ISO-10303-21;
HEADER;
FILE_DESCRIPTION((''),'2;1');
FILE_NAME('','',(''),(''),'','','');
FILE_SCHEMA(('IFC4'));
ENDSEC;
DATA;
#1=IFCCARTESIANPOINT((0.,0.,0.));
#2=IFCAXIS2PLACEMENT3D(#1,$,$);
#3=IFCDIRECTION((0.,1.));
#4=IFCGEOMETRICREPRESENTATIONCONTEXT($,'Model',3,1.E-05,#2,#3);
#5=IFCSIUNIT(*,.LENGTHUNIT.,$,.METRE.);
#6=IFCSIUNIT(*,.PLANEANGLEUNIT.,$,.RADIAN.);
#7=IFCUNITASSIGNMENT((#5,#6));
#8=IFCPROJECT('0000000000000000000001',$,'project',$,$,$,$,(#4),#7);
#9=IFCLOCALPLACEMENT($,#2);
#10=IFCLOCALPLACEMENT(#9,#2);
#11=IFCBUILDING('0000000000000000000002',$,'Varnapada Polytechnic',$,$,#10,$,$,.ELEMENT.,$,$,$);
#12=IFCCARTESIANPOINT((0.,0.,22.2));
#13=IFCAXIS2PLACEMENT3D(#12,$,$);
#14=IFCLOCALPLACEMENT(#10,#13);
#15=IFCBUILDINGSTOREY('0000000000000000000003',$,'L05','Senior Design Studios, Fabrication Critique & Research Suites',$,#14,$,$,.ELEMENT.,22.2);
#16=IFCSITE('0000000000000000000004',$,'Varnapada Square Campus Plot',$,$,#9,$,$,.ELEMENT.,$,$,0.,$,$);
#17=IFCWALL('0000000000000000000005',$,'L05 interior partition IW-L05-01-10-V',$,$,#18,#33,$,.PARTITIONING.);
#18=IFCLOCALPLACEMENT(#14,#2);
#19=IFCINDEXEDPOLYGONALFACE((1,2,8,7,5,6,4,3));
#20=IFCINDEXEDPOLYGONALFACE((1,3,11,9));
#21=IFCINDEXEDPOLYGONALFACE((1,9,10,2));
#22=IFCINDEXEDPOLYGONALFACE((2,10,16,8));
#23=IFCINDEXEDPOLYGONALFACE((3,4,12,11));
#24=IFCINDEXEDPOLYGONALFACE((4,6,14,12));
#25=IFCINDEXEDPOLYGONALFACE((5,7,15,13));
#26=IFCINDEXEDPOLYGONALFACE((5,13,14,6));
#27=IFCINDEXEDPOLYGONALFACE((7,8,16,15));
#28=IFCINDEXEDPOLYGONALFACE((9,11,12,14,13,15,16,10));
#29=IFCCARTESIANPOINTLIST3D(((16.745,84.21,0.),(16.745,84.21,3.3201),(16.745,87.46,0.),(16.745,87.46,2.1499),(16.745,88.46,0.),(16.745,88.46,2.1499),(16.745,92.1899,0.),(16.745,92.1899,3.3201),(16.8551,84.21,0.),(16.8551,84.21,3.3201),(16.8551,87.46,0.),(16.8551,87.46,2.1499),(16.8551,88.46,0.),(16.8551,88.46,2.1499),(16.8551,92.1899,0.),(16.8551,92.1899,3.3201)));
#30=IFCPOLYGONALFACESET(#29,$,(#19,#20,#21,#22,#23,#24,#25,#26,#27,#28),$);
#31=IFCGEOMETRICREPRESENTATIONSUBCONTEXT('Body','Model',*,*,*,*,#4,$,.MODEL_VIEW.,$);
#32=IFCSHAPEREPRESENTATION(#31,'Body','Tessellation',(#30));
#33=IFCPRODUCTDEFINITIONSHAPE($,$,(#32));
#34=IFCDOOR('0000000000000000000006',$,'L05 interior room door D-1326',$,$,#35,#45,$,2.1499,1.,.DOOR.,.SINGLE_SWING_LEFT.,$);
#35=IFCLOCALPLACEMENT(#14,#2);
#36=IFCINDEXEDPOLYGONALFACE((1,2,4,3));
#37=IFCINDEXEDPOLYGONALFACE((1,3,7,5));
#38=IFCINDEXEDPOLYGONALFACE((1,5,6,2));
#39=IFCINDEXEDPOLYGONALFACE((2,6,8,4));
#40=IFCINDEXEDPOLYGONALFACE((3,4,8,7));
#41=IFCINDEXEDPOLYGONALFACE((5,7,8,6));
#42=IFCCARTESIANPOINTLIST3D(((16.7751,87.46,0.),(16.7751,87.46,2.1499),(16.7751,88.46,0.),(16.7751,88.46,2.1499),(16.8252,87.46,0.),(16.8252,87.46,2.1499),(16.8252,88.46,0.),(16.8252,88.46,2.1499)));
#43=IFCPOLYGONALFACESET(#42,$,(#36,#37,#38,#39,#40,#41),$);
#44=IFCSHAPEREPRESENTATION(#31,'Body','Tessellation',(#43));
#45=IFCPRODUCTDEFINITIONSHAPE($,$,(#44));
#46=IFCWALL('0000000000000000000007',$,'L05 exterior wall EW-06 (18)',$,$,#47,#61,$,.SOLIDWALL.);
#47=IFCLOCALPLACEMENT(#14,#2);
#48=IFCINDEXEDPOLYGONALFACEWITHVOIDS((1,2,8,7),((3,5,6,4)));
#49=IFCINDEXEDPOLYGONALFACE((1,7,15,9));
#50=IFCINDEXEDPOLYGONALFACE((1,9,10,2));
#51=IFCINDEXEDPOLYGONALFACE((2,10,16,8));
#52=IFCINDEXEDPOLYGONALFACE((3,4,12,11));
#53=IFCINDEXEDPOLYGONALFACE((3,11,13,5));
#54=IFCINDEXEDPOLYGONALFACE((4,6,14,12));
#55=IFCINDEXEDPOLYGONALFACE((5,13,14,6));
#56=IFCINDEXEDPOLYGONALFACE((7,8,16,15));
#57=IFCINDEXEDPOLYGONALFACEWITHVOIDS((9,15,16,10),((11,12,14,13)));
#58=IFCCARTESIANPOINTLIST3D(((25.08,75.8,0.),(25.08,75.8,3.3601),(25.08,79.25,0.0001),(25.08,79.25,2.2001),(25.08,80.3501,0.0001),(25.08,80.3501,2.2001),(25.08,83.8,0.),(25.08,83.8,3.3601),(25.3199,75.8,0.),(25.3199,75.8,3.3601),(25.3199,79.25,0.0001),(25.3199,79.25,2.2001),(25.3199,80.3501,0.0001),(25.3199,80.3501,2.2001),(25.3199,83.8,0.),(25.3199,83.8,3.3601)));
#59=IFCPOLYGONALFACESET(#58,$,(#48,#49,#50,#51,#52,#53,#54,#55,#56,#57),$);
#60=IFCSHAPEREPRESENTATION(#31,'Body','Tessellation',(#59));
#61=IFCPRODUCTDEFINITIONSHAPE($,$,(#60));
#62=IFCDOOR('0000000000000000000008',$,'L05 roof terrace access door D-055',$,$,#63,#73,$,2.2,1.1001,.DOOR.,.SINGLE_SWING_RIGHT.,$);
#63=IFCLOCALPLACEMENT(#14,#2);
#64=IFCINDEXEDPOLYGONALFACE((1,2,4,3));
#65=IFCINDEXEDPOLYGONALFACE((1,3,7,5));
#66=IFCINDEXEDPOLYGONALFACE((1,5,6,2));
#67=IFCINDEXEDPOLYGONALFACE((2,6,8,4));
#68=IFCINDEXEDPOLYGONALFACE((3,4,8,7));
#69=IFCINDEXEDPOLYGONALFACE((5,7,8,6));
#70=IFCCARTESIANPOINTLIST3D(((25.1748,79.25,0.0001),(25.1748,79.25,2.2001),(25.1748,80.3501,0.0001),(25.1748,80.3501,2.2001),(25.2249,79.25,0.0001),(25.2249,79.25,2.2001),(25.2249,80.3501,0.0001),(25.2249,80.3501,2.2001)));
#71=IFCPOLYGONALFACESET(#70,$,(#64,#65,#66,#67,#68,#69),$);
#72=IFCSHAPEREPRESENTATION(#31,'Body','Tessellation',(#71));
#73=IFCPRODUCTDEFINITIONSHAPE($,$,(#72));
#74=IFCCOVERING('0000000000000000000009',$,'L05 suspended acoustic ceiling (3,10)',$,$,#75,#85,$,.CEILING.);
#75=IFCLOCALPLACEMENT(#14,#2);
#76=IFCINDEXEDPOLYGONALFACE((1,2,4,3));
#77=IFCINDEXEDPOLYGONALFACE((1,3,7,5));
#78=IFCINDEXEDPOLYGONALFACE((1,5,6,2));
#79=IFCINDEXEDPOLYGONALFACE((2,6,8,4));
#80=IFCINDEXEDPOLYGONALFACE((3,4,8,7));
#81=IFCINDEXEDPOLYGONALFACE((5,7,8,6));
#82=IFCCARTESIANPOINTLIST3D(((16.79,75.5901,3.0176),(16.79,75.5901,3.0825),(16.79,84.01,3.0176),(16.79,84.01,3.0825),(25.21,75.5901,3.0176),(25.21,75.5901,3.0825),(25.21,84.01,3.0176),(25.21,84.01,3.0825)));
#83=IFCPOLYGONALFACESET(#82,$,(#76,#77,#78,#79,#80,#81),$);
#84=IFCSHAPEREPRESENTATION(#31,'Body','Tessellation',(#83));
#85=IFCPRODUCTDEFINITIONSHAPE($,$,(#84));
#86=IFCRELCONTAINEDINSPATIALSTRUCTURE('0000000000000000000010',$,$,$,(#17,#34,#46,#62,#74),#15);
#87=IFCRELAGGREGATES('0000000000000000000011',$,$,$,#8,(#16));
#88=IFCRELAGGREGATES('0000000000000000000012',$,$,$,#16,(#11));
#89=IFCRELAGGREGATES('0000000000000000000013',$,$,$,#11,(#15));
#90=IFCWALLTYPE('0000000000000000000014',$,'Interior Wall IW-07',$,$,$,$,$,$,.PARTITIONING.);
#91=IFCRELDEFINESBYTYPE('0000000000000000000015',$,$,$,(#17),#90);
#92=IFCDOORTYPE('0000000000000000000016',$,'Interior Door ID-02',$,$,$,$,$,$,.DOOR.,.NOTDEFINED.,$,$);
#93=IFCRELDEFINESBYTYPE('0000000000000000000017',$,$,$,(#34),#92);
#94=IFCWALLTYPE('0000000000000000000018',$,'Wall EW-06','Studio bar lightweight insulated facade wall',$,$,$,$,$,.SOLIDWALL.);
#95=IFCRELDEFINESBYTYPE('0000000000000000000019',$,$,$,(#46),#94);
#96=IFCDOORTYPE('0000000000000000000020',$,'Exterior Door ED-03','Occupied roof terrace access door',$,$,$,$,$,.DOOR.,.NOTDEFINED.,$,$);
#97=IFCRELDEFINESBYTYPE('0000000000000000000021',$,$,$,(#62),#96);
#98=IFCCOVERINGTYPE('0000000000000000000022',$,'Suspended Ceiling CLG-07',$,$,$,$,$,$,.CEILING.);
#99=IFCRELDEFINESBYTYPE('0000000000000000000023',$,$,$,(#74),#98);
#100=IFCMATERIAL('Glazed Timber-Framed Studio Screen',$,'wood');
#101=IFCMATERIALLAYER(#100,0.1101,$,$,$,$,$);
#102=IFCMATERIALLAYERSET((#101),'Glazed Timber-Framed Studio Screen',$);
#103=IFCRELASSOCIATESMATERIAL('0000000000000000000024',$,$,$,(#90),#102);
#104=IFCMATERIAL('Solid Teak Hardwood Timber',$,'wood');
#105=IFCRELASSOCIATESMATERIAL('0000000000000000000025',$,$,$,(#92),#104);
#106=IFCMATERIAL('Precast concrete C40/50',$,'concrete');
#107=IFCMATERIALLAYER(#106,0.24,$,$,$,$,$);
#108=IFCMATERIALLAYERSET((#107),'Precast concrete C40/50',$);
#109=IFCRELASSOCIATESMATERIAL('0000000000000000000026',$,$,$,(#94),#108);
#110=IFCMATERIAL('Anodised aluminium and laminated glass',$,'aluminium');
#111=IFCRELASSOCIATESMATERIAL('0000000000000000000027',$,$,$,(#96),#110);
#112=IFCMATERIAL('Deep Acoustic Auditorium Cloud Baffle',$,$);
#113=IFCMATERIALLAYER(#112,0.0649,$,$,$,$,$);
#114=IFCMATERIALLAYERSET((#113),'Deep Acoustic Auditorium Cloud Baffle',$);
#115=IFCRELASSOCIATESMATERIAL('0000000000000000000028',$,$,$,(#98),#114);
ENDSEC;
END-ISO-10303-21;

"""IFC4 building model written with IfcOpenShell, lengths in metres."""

from ifc_helpers import new_model, si_unit, direction, frame, frame_2d, origin, origin_2d, place, context, subcontext, project, spatial, rectangle, extrude, material, layer, layer_set, type_object, element, fill, save


model = new_model("IFC4")

# Units and contexts
model_context = context("Model", 3, precision=1e-05, world=origin(), true_north=direction((0.0, 1.0)))
body_context = subcontext(model_context, "Body", "Model", "MODEL_VIEW")
ifc_project = project(units=[si_unit("LENGTHUNIT", "METRE"), si_unit("PLANEANGLEUNIT", "RADIAN")], contexts=[model_context])

# Site, building, storey
site_placement = place(None, origin())
site = spatial("IfcSite", under=ifc_project, at=site_placement, Name="Varnapada Square Campus Plot", CompositionType="ELEMENT", RefElevation=0.0)
building_placement = place(site_placement, origin())
building = spatial("IfcBuilding", under=site, at=building_placement, Name="Varnapada Polytechnic", CompositionType="ELEMENT")
storey_placement = place(building_placement, frame((0.0, 0.0, 22.2)))
storey = spatial("IfcBuildingStorey", under=building, at=storey_placement, Name="L05", Description="Senior Design Studios, Fabrication Critique & Research Suites", CompositionType="ELEMENT", Elevation=22.2)

# Walls, openings, doors
ifc_material_1 = material(Name="Glazed Timber-Framed Studio Screen", Category="wood")
ifc_layer_1 = layer(ifc_material_1, 0.1101)
ifc_layer_set_1 = layer_set([ifc_layer_1], Name="Glazed Timber-Framed Studio Screen")
wall_type_1 = type_object("IfcWallType", Name="Interior Wall IW-07", PredefinedType="PARTITIONING", material=ifc_layer_set_1)
wall_1_placement = place(storey_placement, frame((16.8, 84.21, 0.0), z_axis=(0.0, 0.0, 1.0), x_axis=(0.0, 1.0, 0.0)))
wall_1 = element("IfcWall", 1, at=wall_1_placement, inside=storey, type_object=wall_type_1, Name="L05 interior partition IW-L05-01-10-V", PredefinedType="PARTITIONING", context=body_context, shape_type="SweptSolid", body=[
    extrude(rectangle(XDim=7.98, YDim=0.1101, at=frame_2d((3.99, 0.0))), origin(), (0.0, 0.0, 1.0), 3.3201),
])
opening_1_placement = place(wall_1_placement, frame((3.25, 0.0, 0.0)))
opening_1 = element("IfcOpeningElement", 2, at=opening_1_placement, cuts=wall_1, PredefinedType="OPENING", context=body_context, shape_type="SweptSolid", body=[
    extrude(rectangle(XDim=1.0, YDim=2.1499, at=frame_2d((0.5, 1.075))), frame((0.0, 0.0649, 0.0), z_axis=(0.0, -1.0, 0.0), x_axis=(1.0, 0.0, 0.0)), (0.0, 0.0, 1.0), 0.1301),
])
ifc_material_2 = material(Name="Solid Teak Hardwood Timber", Category="wood")
door_type_1 = type_object("IfcDoorType", Name="Interior Door ID-02", OperationType="NOTDEFINED", PredefinedType="DOOR", material=ifc_material_2)
door_1_placement = place(opening_1_placement, origin())
door_1 = element("IfcDoor", 3, at=door_1_placement, inside=storey, type_object=door_type_1, Name="L05 interior room door D-1326", OperationType="SINGLE_SWING_LEFT", OverallHeight=2.1499, OverallWidth=1.0, PredefinedType="DOOR", context=body_context, shape_type="SweptSolid", body=[
    extrude(rectangle(XDim=1.0, YDim=2.1499, at=frame_2d((0.5, 1.075))), frame((0.0, 0.0249, 0.0), z_axis=(0.0, -1.0, 0.0), x_axis=(1.0, 0.0, 0.0)), (0.0, 0.0, 1.0), 0.05),
])
fill(opening_1, door_1)
ifc_material_3 = material(Name="Precast concrete C40/50", Category="concrete")
ifc_layer_2 = layer(ifc_material_3, 0.24)
ifc_layer_set_2 = layer_set([ifc_layer_2], Name="Precast concrete C40/50")
wall_type_2 = type_object("IfcWallType", Name="Wall EW-06", Description="Studio bar lightweight insulated facade wall", PredefinedType="SOLIDWALL", material=ifc_layer_set_2)
wall_2_placement = place(storey_placement, frame((25.2, 83.8, 0.0), z_axis=(0.0, 0.0, 1.0), x_axis=(0.0, -1.0, 0.0)))
wall_2 = element("IfcWall", 4, at=wall_2_placement, inside=storey, type_object=wall_type_2, Name="L05 exterior wall EW-06 (18)", PredefinedType="SOLIDWALL", context=body_context, shape_type="SweptSolid", body=[
    extrude(rectangle(XDim=8.0, YDim=0.24, at=frame_2d((4.0, 0.0))), origin(), (0.0, 0.0, 1.0), 3.3601),
])
opening_2_placement = place(wall_2_placement, frame((3.45, 0.0, 0.0)))
opening_2 = element("IfcOpeningElement", 5, at=opening_2_placement, cuts=wall_2, PredefinedType="OPENING", context=body_context, shape_type="SweptSolid", body=[
    extrude(rectangle(XDim=1.1001, YDim=2.2, at=frame_2d((0.55, 1.1001))), frame((0.0, 0.1299, 0.0), z_axis=(0.0, -1.0, 0.0), x_axis=(1.0, 0.0, 0.0)), (0.0, 0.0, 1.0), 0.26),
])
ifc_material_4 = material(Name="Anodised aluminium and laminated glass", Category="aluminium")
door_type_2 = type_object("IfcDoorType", Name="Exterior Door ED-03", Description="Occupied roof terrace access door", OperationType="NOTDEFINED", PredefinedType="DOOR", material=ifc_material_4)
door_2_placement = place(opening_2_placement, origin())
door_2 = element("IfcDoor", 6, at=door_2_placement, inside=storey, type_object=door_type_2, Name="L05 roof terrace access door D-055", OperationType="SINGLE_SWING_RIGHT", OverallHeight=2.2, OverallWidth=1.1001, PredefinedType="DOOR", context=body_context, shape_type="SweptSolid", body=[
    extrude(rectangle(XDim=1.1001, YDim=2.2, at=frame_2d((0.55, 1.1001))), frame((0.0, 0.0249, 0.0), z_axis=(0.0, -1.0, 0.0), x_axis=(1.0, 0.0, 0.0)), (0.0, 0.0, 1.0), 0.05),
])
fill(opening_2, door_2)

# Covering
ifc_material_5 = material(Name="Deep Acoustic Auditorium Cloud Baffle")
ifc_layer_3 = layer(ifc_material_5, 0.0649)
ifc_layer_set_3 = layer_set([ifc_layer_3], Name="Deep Acoustic Auditorium Cloud Baffle")
covering_type = type_object("IfcCoveringType", Name="Suspended Ceiling CLG-07", PredefinedType="CEILING", material=ifc_layer_set_3)
covering_placement = place(storey_placement, frame((21.0, 79.8, 3.0176), z_axis=(0.0, 0.0, 1.0), x_axis=(1.0, 0.0, 0.0)))
element("IfcCovering", 7, at=covering_placement, inside=storey, type_object=covering_type, Name="L05 suspended acoustic ceiling (3,10)", PredefinedType="CEILING", context=body_context, shape_type="SweptSolid", body=[
    extrude(rectangle(XDim=8.4199, YDim=8.4199, at=origin_2d()), origin(), (0.0, 0.0, 1.0), 0.0649),
])

save(model, "model.ifc")
